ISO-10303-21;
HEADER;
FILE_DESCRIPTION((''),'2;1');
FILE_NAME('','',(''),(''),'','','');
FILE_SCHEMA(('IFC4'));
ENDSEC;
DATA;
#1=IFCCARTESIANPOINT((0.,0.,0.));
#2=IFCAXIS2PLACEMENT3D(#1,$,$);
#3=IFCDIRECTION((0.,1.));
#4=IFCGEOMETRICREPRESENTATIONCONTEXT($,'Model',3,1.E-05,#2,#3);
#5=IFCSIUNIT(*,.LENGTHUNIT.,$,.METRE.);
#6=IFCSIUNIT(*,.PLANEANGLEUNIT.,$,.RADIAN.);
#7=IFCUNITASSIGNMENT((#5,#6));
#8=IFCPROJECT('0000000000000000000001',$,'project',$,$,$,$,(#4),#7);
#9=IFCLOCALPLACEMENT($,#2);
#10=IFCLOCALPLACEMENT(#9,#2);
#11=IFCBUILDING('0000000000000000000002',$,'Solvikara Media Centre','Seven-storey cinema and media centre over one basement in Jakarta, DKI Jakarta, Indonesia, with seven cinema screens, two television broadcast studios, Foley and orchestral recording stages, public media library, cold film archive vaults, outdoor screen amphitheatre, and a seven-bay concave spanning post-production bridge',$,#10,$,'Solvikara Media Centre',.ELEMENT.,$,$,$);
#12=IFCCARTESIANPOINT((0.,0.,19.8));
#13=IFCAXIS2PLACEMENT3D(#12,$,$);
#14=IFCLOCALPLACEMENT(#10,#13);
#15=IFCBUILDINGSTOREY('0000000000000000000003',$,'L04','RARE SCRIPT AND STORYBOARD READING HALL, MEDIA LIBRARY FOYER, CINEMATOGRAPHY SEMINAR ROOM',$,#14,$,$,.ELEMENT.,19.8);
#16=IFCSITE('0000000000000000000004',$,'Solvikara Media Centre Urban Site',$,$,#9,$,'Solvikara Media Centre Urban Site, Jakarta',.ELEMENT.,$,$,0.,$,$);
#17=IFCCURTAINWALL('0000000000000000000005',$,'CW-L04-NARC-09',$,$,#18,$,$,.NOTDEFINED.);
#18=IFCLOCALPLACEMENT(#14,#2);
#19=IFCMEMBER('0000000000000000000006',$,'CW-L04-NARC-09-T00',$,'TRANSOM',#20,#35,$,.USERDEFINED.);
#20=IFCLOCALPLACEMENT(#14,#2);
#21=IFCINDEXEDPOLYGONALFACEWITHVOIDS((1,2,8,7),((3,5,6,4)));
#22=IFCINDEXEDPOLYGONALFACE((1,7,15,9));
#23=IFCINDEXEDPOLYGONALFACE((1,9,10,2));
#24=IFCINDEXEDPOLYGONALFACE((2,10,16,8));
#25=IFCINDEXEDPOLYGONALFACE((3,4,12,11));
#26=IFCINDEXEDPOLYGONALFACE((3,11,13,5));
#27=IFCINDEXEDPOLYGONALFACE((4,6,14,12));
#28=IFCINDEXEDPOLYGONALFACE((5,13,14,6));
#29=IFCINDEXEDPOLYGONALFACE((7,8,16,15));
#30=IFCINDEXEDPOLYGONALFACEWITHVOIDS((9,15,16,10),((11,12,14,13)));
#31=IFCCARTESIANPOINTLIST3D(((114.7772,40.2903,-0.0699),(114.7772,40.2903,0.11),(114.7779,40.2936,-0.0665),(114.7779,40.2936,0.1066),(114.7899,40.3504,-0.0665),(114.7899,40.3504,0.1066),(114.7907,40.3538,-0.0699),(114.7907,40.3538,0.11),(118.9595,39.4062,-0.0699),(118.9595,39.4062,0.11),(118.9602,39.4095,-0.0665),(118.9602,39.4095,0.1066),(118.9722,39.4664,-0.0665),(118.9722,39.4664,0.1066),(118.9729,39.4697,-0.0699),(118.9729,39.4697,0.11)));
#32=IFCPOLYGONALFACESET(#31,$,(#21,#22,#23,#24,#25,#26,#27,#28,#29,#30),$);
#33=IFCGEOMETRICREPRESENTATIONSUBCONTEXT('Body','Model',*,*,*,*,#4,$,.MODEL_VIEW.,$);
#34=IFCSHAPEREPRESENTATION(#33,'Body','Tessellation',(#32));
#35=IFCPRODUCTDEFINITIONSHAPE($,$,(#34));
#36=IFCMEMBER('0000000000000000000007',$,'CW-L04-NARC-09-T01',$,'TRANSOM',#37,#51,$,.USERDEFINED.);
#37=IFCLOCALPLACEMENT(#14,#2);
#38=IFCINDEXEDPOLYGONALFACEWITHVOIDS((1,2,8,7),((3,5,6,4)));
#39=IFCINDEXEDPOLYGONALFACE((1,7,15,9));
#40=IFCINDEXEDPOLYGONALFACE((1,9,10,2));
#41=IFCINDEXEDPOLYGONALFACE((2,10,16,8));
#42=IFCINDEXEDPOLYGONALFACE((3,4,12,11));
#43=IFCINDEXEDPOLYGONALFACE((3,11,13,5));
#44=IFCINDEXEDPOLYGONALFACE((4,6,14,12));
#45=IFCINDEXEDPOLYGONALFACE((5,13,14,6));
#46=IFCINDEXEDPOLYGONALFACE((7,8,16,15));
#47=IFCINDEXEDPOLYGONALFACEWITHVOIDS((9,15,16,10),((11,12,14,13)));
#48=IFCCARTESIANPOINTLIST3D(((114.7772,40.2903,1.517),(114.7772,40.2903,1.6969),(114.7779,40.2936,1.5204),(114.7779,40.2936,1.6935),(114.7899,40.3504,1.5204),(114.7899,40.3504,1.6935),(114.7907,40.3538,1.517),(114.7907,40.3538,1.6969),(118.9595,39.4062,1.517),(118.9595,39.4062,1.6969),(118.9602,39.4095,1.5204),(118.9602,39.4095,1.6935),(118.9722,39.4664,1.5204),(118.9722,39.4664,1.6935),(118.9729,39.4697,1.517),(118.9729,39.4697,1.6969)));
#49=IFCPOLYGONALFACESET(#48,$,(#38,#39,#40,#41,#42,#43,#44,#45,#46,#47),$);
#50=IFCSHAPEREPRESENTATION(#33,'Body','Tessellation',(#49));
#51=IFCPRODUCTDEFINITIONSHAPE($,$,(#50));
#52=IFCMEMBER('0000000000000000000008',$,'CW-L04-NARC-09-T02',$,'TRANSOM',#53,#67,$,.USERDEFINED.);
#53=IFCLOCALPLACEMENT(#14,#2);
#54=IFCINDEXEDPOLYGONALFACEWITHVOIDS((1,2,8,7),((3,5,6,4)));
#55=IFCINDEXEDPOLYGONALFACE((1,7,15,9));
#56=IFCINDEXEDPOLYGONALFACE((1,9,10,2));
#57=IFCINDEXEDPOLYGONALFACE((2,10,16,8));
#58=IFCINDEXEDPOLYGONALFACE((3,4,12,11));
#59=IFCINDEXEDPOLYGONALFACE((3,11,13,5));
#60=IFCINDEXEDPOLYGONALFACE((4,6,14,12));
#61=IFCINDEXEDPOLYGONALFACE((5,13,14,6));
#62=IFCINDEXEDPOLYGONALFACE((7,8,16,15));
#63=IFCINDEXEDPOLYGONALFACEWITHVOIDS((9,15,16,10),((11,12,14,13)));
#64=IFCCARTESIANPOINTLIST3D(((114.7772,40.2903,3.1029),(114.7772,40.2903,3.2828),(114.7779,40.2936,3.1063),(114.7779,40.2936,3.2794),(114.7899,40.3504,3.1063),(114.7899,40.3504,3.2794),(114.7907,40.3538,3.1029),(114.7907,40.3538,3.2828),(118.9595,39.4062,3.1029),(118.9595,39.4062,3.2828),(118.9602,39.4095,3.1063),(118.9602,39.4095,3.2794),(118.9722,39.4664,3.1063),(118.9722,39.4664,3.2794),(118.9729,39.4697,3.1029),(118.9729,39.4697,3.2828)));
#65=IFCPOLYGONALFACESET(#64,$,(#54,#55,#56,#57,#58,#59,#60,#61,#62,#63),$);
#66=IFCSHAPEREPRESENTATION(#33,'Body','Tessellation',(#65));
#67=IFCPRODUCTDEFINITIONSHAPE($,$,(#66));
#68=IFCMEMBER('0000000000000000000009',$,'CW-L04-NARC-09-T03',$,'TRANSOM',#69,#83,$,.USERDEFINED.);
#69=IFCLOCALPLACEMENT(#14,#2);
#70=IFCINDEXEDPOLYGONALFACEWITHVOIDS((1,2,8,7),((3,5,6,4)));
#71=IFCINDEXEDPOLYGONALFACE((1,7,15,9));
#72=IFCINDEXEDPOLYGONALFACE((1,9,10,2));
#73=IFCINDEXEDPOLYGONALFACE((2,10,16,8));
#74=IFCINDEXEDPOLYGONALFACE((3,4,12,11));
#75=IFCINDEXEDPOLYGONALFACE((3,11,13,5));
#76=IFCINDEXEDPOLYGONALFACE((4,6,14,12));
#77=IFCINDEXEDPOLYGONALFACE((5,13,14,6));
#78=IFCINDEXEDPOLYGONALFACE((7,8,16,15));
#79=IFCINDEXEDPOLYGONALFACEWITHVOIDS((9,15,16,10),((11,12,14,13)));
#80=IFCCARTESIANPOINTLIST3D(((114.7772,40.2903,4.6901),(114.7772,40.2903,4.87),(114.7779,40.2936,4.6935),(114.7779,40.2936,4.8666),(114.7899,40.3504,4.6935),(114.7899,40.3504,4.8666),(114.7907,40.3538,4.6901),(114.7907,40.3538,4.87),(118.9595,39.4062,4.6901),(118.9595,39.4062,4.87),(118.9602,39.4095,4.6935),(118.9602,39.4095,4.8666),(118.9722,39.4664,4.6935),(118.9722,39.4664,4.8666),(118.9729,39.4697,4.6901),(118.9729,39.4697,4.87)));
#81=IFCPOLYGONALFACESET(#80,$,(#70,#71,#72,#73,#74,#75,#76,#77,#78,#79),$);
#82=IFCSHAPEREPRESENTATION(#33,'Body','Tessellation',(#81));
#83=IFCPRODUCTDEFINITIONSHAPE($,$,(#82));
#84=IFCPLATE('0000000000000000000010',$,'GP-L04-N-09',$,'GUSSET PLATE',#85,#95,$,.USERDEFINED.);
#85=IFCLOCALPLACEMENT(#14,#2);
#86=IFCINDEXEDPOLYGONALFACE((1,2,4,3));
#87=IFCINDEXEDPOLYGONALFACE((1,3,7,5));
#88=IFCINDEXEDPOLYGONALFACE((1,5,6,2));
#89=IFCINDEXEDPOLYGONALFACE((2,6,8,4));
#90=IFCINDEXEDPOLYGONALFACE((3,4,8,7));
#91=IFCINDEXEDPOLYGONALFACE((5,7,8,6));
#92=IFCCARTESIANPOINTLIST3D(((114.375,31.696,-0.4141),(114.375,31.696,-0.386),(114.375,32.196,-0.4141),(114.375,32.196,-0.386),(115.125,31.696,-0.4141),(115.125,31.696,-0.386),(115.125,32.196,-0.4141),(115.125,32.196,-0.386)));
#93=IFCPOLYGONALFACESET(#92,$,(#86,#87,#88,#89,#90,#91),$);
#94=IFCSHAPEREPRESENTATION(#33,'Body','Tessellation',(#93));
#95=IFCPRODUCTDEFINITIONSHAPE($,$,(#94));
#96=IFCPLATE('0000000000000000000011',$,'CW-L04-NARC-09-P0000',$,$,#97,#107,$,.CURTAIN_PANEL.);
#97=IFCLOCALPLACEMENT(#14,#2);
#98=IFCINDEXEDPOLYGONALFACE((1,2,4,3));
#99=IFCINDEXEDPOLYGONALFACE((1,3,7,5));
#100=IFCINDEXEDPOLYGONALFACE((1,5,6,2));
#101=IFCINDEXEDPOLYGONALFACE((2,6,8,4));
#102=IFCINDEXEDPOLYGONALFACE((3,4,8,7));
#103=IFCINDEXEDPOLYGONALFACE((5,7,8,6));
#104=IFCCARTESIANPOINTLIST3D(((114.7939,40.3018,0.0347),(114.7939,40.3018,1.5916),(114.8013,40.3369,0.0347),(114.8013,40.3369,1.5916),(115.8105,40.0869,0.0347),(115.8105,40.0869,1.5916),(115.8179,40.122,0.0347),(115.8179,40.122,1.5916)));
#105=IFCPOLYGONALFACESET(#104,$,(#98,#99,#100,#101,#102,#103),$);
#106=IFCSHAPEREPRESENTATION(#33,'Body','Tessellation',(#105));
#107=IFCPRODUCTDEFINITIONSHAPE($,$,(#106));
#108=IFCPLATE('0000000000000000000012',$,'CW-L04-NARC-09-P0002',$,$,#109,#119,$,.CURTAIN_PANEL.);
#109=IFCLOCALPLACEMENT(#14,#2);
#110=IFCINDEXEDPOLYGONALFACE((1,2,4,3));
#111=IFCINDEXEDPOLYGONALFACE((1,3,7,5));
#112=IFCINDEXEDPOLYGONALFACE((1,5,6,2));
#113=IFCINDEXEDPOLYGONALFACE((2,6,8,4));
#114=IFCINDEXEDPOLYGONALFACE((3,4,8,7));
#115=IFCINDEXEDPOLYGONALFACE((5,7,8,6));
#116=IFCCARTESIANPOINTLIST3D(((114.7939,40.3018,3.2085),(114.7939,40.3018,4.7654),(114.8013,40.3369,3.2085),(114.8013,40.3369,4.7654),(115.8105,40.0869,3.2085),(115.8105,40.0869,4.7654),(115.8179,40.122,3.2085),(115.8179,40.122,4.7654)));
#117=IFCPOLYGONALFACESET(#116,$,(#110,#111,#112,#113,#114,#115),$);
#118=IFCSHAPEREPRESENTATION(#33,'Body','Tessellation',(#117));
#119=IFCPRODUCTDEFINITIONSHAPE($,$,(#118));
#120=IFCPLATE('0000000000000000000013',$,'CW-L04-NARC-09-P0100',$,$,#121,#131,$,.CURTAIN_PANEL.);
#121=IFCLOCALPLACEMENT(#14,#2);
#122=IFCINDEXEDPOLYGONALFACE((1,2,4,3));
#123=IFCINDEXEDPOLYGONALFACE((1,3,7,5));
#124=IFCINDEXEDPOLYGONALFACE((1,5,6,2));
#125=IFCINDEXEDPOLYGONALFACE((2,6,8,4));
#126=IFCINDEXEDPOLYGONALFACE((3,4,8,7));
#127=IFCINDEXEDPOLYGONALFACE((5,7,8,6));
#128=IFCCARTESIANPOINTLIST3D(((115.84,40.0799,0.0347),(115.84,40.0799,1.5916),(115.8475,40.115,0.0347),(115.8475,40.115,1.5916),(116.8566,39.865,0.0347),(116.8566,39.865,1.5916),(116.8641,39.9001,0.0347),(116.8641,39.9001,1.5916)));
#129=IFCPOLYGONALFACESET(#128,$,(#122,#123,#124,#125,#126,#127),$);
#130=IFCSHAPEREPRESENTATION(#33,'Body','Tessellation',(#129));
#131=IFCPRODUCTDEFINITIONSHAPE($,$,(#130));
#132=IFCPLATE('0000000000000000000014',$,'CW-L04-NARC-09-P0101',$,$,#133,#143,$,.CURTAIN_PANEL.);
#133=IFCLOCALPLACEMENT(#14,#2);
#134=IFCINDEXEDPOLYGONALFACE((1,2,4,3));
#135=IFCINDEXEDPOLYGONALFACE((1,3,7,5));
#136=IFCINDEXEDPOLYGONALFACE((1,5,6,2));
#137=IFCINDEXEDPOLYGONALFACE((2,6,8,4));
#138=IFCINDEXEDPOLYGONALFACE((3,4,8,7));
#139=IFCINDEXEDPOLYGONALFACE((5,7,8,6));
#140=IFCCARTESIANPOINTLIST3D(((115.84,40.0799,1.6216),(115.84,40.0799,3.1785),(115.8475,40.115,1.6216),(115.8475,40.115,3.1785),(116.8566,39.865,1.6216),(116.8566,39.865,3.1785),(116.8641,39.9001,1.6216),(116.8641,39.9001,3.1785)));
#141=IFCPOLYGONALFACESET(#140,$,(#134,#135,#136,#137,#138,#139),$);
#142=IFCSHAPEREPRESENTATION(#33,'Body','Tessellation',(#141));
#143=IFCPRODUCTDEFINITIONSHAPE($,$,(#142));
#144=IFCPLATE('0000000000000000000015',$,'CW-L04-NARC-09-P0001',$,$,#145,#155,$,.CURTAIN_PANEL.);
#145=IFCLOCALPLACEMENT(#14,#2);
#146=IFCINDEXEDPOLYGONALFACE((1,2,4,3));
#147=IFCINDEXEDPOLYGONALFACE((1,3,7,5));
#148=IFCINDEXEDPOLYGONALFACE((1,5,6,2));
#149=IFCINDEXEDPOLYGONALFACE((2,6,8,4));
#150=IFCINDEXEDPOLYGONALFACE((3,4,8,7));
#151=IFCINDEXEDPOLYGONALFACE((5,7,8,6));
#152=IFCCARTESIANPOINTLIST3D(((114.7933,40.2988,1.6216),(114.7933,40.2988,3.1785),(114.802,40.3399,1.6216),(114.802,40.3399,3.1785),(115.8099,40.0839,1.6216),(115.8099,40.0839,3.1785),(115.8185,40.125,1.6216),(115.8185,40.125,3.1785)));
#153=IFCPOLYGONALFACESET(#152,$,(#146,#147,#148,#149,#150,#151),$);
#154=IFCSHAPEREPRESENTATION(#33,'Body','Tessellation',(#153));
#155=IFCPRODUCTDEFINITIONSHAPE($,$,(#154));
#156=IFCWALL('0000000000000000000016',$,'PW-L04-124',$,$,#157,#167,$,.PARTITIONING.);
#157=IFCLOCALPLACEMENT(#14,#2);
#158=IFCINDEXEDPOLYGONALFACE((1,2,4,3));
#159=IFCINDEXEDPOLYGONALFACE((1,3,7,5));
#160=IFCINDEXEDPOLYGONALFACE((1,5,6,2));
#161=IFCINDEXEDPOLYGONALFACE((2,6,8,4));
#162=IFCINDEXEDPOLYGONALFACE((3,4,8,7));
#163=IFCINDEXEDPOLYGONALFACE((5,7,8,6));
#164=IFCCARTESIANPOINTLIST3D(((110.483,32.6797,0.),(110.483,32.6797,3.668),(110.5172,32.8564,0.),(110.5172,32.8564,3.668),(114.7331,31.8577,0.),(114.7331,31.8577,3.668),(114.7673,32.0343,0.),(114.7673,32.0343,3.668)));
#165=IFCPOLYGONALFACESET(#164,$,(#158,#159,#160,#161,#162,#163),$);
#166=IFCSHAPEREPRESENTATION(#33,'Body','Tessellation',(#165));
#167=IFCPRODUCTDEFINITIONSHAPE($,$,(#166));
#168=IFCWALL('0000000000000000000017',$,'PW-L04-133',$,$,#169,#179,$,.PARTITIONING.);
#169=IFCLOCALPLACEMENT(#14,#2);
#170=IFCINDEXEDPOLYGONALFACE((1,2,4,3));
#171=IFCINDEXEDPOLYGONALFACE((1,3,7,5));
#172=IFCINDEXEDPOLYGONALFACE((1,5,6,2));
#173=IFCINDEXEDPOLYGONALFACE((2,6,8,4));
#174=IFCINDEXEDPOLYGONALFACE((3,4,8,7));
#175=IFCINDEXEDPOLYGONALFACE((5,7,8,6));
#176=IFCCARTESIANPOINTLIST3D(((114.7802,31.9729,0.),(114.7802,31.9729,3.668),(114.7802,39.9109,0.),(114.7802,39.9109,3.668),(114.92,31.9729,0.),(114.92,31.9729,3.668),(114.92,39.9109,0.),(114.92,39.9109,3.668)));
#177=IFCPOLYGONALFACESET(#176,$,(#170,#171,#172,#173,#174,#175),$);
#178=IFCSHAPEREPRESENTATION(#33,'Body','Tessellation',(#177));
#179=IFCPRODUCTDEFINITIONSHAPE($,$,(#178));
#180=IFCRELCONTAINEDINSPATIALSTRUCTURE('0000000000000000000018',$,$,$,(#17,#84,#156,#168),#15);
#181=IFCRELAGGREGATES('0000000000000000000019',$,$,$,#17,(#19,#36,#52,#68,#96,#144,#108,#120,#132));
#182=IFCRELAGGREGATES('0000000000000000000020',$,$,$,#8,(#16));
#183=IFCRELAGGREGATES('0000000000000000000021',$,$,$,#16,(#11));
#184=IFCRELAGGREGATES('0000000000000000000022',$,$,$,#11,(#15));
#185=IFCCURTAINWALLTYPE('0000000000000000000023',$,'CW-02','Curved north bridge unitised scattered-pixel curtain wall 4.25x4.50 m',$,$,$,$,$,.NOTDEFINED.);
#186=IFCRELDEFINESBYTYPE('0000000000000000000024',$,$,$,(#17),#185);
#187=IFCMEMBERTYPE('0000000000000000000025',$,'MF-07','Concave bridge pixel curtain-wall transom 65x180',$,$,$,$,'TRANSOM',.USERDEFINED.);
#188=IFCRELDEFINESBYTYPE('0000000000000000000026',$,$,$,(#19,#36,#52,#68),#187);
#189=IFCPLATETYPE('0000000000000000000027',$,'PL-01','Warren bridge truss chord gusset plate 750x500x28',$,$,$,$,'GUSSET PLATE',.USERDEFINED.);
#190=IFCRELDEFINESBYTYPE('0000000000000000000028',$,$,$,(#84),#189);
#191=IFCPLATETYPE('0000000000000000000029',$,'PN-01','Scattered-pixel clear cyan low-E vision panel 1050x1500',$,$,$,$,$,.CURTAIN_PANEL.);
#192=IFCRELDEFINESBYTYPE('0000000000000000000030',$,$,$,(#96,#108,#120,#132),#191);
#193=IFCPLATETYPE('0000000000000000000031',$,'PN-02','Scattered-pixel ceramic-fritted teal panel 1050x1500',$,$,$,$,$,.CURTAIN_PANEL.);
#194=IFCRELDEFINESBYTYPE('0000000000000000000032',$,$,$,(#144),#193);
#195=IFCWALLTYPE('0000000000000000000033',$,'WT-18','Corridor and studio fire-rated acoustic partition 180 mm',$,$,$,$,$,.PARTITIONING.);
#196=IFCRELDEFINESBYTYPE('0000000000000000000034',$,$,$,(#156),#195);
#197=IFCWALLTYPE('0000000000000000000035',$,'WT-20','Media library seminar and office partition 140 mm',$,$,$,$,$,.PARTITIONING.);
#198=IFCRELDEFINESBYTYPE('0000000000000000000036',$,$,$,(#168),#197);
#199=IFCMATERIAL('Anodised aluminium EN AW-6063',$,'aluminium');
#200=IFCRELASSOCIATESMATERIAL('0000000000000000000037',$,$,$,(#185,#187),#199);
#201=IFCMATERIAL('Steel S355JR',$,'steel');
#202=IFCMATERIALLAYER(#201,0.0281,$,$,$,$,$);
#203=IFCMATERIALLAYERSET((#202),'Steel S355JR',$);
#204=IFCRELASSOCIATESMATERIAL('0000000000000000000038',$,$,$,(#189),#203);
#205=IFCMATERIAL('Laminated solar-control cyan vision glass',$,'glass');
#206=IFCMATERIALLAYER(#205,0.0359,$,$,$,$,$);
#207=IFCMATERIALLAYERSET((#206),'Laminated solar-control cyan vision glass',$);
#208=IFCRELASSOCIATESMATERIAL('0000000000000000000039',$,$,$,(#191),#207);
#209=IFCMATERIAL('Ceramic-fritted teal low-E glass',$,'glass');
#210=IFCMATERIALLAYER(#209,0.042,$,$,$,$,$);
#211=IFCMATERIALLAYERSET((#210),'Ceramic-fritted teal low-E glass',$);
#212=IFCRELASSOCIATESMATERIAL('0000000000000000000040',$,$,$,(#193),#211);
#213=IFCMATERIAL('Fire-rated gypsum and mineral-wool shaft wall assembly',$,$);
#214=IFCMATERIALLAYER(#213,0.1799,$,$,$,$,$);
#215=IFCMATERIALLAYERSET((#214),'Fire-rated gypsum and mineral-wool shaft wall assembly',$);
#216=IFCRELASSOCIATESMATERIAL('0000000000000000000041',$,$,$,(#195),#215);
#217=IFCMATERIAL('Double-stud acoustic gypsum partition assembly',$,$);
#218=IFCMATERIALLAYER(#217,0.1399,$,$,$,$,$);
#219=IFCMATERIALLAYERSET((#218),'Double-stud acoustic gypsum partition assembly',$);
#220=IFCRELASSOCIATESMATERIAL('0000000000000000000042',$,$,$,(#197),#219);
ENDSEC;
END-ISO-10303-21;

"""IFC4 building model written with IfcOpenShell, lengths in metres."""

from ifc_helpers import new_model, si_unit, direction, frame, frame_2d, origin, origin_2d, place, context, subcontext, project, spatial, rectangle, hollow_rectangle, extrude, material, layer, layer_set, material_profile, profile_set, type_object, element, aggregate, save


model = new_model("IFC4")

# Units and contexts
model_context = context("Model", 3, precision=1e-05, world=origin(), true_north=direction((0.0, 1.0)))
body_context = subcontext(model_context, "Body", "Model", "MODEL_VIEW")
ifc_project = project(units=[si_unit("LENGTHUNIT", "METRE"), si_unit("PLANEANGLEUNIT", "RADIAN")], contexts=[model_context])

# Site, building, storey
site_placement = place(None, origin())
site = spatial("IfcSite", under=ifc_project, at=site_placement, Name="Solvikara Media Centre Urban Site", LongName="Solvikara Media Centre Urban Site, Jakarta", CompositionType="ELEMENT", RefElevation=0.0)
building_placement = place(site_placement, origin())
building = spatial("IfcBuilding", under=site, at=building_placement, Name="Solvikara Media Centre", Description="Seven-storey cinema and media centre over one basement in Jakarta, DKI Jakarta, Indonesia, with seven cinema screens, two television broadcast studios, Foley and orchestral recording stages, public media library, cold film archive vaults, outdoor screen amphitheatre, and a seven-bay concave spanning post-production bridge", LongName="Solvikara Media Centre", CompositionType="ELEMENT")
storey_placement = place(building_placement, frame((0.0, 0.0, 19.8)))
storey = spatial("IfcBuildingStorey", under=building, at=storey_placement, Name="L04", Description="RARE SCRIPT AND STORYBOARD READING HALL, MEDIA LIBRARY FOYER, CINEMATOGRAPHY SEMINAR ROOM", CompositionType="ELEMENT", Elevation=19.8)

# Shared definitions
ifc_material_1 = material(Name="Steel S355JR", Category="steel")

# Curtain wall, members
ifc_material_2 = material(Name="Anodised aluminium EN AW-6063", Category="aluminium")
curtain_wall_type = type_object("IfcCurtainWallType", Name="CW-02", Description="Curved north bridge unitised scattered-pixel curtain wall 4.25x4.50 m", PredefinedType="NOTDEFINED", material=ifc_material_2)
curtain_wall_placement = place(storey_placement, origin())
curtain_wall = element("IfcCurtainWall", 1, at=curtain_wall_placement, inside=storey, type_object=curtain_wall_type, Name="CW-L04-NARC-09", PredefinedType="NOTDEFINED")
ifc_material_profile_1 = material_profile(ifc_material_2, hollow_rectangle(XDim=0.0649, YDim=0.1799, WallThickness=0.0034, at=origin_2d()), Name="ALU-T 65x180x3.5")
ifc_profile_set_1 = profile_set([ifc_material_profile_1], Name="Anodised aluminium EN AW-6063")
member_type_1 = type_object("IfcMemberType", Name="MF-07", Description="Concave bridge pixel curtain-wall transom 65x180", ElementType="TRANSOM", PredefinedType="USERDEFINED", material=ifc_profile_set_1)
member_1_placement = place(storey_placement, frame((114.7839, 40.322, 0.02), z_axis=(0.97838, -0.206814, 0.0), x_axis=(0.206814, 0.97838, 0.0)))
member_1 = element("IfcMember", 2, at=member_1_placement, type_object=member_type_1, Name="CW-L04-NARC-09-T00", ObjectType="TRANSOM", PredefinedType="USERDEFINED", context=body_context, shape_type="SweptSolid", body=[
    extrude(hollow_rectangle(XDim=0.0649, YDim=0.1799, WallThickness=0.0034, at=origin_2d()), origin(), (0.0, 0.0, 1.0), 4.2747),
])
member_2_placement = place(storey_placement, frame((114.7839, 40.322, 1.6069), z_axis=(0.97838, -0.206814, 0.0), x_axis=(0.206814, 0.97838, 0.0)))
member_2 = element("IfcMember", 3, at=member_2_placement, type_object=member_type_1, Name="CW-L04-NARC-09-T01", ObjectType="TRANSOM", PredefinedType="USERDEFINED", context=body_context, shape_type="SweptSolid", body=[
    extrude(hollow_rectangle(XDim=0.0649, YDim=0.1799, WallThickness=0.0034, at=origin_2d()), origin(), (0.0, 0.0, 1.0), 4.2747),
])
member_3_placement = place(storey_placement, frame((114.7839, 40.322, 3.1929), z_axis=(0.97838, -0.206814, 0.0), x_axis=(0.206814, 0.97838, 0.0)))
member_3 = element("IfcMember", 4, at=member_3_placement, type_object=member_type_1, Name="CW-L04-NARC-09-T02", ObjectType="TRANSOM", PredefinedType="USERDEFINED", context=body_context, shape_type="SweptSolid", body=[
    extrude(hollow_rectangle(XDim=0.0649, YDim=0.1799, WallThickness=0.0034, at=origin_2d()), origin(), (0.0, 0.0, 1.0), 4.2747),
])
member_4_placement = place(storey_placement, frame((114.7839, 40.322, 4.78), z_axis=(0.97838, -0.206814, 0.0), x_axis=(0.206814, 0.97838, 0.0)))
member_4 = element("IfcMember", 5, at=member_4_placement, type_object=member_type_1, Name="CW-L04-NARC-09-T03", ObjectType="TRANSOM", PredefinedType="USERDEFINED", context=body_context, shape_type="SweptSolid", body=[
    extrude(hollow_rectangle(XDim=0.0649, YDim=0.1799, WallThickness=0.0034, at=origin_2d()), origin(), (0.0, 0.0, 1.0), 4.2747),
])

# Plates
ifc_layer_1 = layer(ifc_material_1, 0.0281)
ifc_layer_set_1 = layer_set([ifc_layer_1], Name="Steel S355JR")
plate_type_1 = type_object("IfcPlateType", Name="PL-01", Description="Warren bridge truss chord gusset plate 750x500x28", ElementType="GUSSET PLATE", PredefinedType="USERDEFINED", material=ifc_layer_set_1)
plate_1_placement = place(storey_placement, frame((114.75, 31.946, -0.4141), z_axis=(0.0, 0.0, 1.0), x_axis=(1.0, 0.0, 0.0)))
element("IfcPlate", 6, at=plate_1_placement, inside=storey, type_object=plate_type_1, Name="GP-L04-N-09", ObjectType="GUSSET PLATE", PredefinedType="USERDEFINED", context=body_context, shape_type="SweptSolid", body=[
    extrude(rectangle(XDim=0.75, YDim=0.5, at=origin_2d()), origin(), (0.0, 0.0, 1.0), 0.0281),
])
ifc_material_3 = material(Name="Laminated solar-control cyan vision glass", Category="glass")
ifc_layer_2 = layer(ifc_material_3, 0.0359)
ifc_layer_set_2 = layer_set([ifc_layer_2], Name="Laminated solar-control cyan vision glass")
plate_type_2 = type_object("IfcPlateType", Name="PN-01", Description="Scattered-pixel clear cyan low-E vision panel 1050x1500", PredefinedType="CURTAIN_PANEL", material=ifc_layer_set_2)
plate_2_placement = place(storey_placement, frame((115.3059, 40.2119, 0.0347), z_axis=(0.0, 0.0, 1.0), x_axis=(0.978379, -0.206819, 0.0)))
plate_2 = element("IfcPlate", 7, at=plate_2_placement, type_object=plate_type_2, Name="CW-L04-NARC-09-P0000", PredefinedType="CURTAIN_PANEL", context=body_context, shape_type="SweptSolid", body=[
    extrude(rectangle(XDim=1.0391, YDim=0.0359, at=origin_2d()), origin(), (0.0, 0.0, 1.0), 1.5569),
])
plate_3_placement = place(storey_placement, frame((115.3059, 40.2119, 3.2085), z_axis=(0.0, 0.0, 1.0), x_axis=(0.978379, -0.206819, 0.0)))
plate_3 = element("IfcPlate", 8, at=plate_3_placement, type_object=plate_type_2, Name="CW-L04-NARC-09-P0002", PredefinedType="CURTAIN_PANEL", context=body_context, shape_type="SweptSolid", body=[
    extrude(rectangle(XDim=1.0391, YDim=0.0359, at=origin_2d()), origin(), (0.0, 0.0, 1.0), 1.5569),
])
plate_4_placement = place(storey_placement, frame((116.3521, 39.99, 0.0347), z_axis=(0.0, 0.0, 1.0), x_axis=(0.978379, -0.206819, 0.0)))
plate_4 = element("IfcPlate", 9, at=plate_4_placement, type_object=plate_type_2, Name="CW-L04-NARC-09-P0100", PredefinedType="CURTAIN_PANEL", context=body_context, shape_type="SweptSolid", body=[
    extrude(rectangle(XDim=1.0391, YDim=0.0359, at=origin_2d()), origin(), (0.0, 0.0, 1.0), 1.5569),
])
plate_5_placement = place(storey_placement, frame((116.3521, 39.99, 1.6216), z_axis=(0.0, 0.0, 1.0), x_axis=(0.978379, -0.206819, 0.0)))
plate_5 = element("IfcPlate", 10, at=plate_5_placement, type_object=plate_type_2, Name="CW-L04-NARC-09-P0101", PredefinedType="CURTAIN_PANEL", context=body_context, shape_type="SweptSolid", body=[
    extrude(rectangle(XDim=1.0391, YDim=0.0359, at=origin_2d()), origin(), (0.0, 0.0, 1.0), 1.5569),
])
ifc_material_4 = material(Name="Ceramic-fritted teal low-E glass", Category="glass")
ifc_layer_3 = layer(ifc_material_4, 0.042)
ifc_layer_set_3 = layer_set([ifc_layer_3], Name="Ceramic-fritted teal low-E glass")
plate_type_3 = type_object("IfcPlateType", Name="PN-02", Description="Scattered-pixel ceramic-fritted teal panel 1050x1500", PredefinedType="CURTAIN_PANEL", material=ifc_layer_set_3)
plate_6_placement = place(storey_placement, frame((115.3059, 40.2119, 1.6216), z_axis=(0.0, 0.0, 1.0), x_axis=(0.978379, -0.206819, 0.0)))
plate_6 = element("IfcPlate", 11, at=plate_6_placement, type_object=plate_type_3, Name="CW-L04-NARC-09-P0001", PredefinedType="CURTAIN_PANEL", context=body_context, shape_type="SweptSolid", body=[
    extrude(rectangle(XDim=1.0391, YDim=0.042, at=origin_2d()), origin(), (0.0, 0.0, 1.0), 1.5569),
])
aggregate(curtain_wall, [member_1, member_2, member_3, member_4, plate_2, plate_6, plate_3, plate_4, plate_5])

# Wall
ifc_material_5 = material(Name="Fire-rated gypsum and mineral-wool shaft wall assembly")
ifc_layer_4 = layer(ifc_material_5, 0.1799)
ifc_layer_set_4 = layer_set([ifc_layer_4], Name="Fire-rated gypsum and mineral-wool shaft wall assembly")
wall_type_1 = type_object("IfcWallType", Name="WT-18", Description="Corridor and studio fire-rated acoustic partition 180 mm", PredefinedType="PARTITIONING", material=ifc_layer_set_4)
wall_1_placement = place(storey_placement, frame((110.5, 32.7681, 0.0), z_axis=(0.0, 0.0, 1.0), x_axis=(0.981804, -0.189897, 0.0)))
element("IfcWall", 12, at=wall_1_placement, inside=storey, type_object=wall_type_1, Name="PW-L04-124", PredefinedType="PARTITIONING", context=body_context, shape_type="SweptSolid", body=[
    extrude(rectangle(XDim=4.3289, YDim=0.1799, at=frame_2d((2.1646, 0.0))), origin(), (0.0, 0.0, 1.0), 3.668),
])

# Wall
ifc_material_6 = material(Name="Double-stud acoustic gypsum partition assembly")
ifc_layer_5 = layer(ifc_material_6, 0.1399)
ifc_layer_set_5 = layer_set([ifc_layer_5], Name="Double-stud acoustic gypsum partition assembly")
wall_type_2 = type_object("IfcWallType", Name="WT-20", Description="Media library seminar and office partition 140 mm", PredefinedType="PARTITIONING", material=ifc_layer_set_5)
wall_2_placement = place(storey_placement, frame((114.8501, 31.9729, 0.0), z_axis=(0.0, 0.0, 1.0), x_axis=(0.0, 1.0, 0.0)))
element("IfcWall", 13, at=wall_2_placement, inside=storey, type_object=wall_type_2, Name="PW-L04-133", PredefinedType="PARTITIONING", context=body_context, shape_type="SweptSolid", body=[
    extrude(rectangle(XDim=7.938, YDim=0.1399, at=frame_2d((3.969, 0.0))), origin(), (0.0, 0.0, 1.0), 3.668),
])

save(model, "model.ifc")
